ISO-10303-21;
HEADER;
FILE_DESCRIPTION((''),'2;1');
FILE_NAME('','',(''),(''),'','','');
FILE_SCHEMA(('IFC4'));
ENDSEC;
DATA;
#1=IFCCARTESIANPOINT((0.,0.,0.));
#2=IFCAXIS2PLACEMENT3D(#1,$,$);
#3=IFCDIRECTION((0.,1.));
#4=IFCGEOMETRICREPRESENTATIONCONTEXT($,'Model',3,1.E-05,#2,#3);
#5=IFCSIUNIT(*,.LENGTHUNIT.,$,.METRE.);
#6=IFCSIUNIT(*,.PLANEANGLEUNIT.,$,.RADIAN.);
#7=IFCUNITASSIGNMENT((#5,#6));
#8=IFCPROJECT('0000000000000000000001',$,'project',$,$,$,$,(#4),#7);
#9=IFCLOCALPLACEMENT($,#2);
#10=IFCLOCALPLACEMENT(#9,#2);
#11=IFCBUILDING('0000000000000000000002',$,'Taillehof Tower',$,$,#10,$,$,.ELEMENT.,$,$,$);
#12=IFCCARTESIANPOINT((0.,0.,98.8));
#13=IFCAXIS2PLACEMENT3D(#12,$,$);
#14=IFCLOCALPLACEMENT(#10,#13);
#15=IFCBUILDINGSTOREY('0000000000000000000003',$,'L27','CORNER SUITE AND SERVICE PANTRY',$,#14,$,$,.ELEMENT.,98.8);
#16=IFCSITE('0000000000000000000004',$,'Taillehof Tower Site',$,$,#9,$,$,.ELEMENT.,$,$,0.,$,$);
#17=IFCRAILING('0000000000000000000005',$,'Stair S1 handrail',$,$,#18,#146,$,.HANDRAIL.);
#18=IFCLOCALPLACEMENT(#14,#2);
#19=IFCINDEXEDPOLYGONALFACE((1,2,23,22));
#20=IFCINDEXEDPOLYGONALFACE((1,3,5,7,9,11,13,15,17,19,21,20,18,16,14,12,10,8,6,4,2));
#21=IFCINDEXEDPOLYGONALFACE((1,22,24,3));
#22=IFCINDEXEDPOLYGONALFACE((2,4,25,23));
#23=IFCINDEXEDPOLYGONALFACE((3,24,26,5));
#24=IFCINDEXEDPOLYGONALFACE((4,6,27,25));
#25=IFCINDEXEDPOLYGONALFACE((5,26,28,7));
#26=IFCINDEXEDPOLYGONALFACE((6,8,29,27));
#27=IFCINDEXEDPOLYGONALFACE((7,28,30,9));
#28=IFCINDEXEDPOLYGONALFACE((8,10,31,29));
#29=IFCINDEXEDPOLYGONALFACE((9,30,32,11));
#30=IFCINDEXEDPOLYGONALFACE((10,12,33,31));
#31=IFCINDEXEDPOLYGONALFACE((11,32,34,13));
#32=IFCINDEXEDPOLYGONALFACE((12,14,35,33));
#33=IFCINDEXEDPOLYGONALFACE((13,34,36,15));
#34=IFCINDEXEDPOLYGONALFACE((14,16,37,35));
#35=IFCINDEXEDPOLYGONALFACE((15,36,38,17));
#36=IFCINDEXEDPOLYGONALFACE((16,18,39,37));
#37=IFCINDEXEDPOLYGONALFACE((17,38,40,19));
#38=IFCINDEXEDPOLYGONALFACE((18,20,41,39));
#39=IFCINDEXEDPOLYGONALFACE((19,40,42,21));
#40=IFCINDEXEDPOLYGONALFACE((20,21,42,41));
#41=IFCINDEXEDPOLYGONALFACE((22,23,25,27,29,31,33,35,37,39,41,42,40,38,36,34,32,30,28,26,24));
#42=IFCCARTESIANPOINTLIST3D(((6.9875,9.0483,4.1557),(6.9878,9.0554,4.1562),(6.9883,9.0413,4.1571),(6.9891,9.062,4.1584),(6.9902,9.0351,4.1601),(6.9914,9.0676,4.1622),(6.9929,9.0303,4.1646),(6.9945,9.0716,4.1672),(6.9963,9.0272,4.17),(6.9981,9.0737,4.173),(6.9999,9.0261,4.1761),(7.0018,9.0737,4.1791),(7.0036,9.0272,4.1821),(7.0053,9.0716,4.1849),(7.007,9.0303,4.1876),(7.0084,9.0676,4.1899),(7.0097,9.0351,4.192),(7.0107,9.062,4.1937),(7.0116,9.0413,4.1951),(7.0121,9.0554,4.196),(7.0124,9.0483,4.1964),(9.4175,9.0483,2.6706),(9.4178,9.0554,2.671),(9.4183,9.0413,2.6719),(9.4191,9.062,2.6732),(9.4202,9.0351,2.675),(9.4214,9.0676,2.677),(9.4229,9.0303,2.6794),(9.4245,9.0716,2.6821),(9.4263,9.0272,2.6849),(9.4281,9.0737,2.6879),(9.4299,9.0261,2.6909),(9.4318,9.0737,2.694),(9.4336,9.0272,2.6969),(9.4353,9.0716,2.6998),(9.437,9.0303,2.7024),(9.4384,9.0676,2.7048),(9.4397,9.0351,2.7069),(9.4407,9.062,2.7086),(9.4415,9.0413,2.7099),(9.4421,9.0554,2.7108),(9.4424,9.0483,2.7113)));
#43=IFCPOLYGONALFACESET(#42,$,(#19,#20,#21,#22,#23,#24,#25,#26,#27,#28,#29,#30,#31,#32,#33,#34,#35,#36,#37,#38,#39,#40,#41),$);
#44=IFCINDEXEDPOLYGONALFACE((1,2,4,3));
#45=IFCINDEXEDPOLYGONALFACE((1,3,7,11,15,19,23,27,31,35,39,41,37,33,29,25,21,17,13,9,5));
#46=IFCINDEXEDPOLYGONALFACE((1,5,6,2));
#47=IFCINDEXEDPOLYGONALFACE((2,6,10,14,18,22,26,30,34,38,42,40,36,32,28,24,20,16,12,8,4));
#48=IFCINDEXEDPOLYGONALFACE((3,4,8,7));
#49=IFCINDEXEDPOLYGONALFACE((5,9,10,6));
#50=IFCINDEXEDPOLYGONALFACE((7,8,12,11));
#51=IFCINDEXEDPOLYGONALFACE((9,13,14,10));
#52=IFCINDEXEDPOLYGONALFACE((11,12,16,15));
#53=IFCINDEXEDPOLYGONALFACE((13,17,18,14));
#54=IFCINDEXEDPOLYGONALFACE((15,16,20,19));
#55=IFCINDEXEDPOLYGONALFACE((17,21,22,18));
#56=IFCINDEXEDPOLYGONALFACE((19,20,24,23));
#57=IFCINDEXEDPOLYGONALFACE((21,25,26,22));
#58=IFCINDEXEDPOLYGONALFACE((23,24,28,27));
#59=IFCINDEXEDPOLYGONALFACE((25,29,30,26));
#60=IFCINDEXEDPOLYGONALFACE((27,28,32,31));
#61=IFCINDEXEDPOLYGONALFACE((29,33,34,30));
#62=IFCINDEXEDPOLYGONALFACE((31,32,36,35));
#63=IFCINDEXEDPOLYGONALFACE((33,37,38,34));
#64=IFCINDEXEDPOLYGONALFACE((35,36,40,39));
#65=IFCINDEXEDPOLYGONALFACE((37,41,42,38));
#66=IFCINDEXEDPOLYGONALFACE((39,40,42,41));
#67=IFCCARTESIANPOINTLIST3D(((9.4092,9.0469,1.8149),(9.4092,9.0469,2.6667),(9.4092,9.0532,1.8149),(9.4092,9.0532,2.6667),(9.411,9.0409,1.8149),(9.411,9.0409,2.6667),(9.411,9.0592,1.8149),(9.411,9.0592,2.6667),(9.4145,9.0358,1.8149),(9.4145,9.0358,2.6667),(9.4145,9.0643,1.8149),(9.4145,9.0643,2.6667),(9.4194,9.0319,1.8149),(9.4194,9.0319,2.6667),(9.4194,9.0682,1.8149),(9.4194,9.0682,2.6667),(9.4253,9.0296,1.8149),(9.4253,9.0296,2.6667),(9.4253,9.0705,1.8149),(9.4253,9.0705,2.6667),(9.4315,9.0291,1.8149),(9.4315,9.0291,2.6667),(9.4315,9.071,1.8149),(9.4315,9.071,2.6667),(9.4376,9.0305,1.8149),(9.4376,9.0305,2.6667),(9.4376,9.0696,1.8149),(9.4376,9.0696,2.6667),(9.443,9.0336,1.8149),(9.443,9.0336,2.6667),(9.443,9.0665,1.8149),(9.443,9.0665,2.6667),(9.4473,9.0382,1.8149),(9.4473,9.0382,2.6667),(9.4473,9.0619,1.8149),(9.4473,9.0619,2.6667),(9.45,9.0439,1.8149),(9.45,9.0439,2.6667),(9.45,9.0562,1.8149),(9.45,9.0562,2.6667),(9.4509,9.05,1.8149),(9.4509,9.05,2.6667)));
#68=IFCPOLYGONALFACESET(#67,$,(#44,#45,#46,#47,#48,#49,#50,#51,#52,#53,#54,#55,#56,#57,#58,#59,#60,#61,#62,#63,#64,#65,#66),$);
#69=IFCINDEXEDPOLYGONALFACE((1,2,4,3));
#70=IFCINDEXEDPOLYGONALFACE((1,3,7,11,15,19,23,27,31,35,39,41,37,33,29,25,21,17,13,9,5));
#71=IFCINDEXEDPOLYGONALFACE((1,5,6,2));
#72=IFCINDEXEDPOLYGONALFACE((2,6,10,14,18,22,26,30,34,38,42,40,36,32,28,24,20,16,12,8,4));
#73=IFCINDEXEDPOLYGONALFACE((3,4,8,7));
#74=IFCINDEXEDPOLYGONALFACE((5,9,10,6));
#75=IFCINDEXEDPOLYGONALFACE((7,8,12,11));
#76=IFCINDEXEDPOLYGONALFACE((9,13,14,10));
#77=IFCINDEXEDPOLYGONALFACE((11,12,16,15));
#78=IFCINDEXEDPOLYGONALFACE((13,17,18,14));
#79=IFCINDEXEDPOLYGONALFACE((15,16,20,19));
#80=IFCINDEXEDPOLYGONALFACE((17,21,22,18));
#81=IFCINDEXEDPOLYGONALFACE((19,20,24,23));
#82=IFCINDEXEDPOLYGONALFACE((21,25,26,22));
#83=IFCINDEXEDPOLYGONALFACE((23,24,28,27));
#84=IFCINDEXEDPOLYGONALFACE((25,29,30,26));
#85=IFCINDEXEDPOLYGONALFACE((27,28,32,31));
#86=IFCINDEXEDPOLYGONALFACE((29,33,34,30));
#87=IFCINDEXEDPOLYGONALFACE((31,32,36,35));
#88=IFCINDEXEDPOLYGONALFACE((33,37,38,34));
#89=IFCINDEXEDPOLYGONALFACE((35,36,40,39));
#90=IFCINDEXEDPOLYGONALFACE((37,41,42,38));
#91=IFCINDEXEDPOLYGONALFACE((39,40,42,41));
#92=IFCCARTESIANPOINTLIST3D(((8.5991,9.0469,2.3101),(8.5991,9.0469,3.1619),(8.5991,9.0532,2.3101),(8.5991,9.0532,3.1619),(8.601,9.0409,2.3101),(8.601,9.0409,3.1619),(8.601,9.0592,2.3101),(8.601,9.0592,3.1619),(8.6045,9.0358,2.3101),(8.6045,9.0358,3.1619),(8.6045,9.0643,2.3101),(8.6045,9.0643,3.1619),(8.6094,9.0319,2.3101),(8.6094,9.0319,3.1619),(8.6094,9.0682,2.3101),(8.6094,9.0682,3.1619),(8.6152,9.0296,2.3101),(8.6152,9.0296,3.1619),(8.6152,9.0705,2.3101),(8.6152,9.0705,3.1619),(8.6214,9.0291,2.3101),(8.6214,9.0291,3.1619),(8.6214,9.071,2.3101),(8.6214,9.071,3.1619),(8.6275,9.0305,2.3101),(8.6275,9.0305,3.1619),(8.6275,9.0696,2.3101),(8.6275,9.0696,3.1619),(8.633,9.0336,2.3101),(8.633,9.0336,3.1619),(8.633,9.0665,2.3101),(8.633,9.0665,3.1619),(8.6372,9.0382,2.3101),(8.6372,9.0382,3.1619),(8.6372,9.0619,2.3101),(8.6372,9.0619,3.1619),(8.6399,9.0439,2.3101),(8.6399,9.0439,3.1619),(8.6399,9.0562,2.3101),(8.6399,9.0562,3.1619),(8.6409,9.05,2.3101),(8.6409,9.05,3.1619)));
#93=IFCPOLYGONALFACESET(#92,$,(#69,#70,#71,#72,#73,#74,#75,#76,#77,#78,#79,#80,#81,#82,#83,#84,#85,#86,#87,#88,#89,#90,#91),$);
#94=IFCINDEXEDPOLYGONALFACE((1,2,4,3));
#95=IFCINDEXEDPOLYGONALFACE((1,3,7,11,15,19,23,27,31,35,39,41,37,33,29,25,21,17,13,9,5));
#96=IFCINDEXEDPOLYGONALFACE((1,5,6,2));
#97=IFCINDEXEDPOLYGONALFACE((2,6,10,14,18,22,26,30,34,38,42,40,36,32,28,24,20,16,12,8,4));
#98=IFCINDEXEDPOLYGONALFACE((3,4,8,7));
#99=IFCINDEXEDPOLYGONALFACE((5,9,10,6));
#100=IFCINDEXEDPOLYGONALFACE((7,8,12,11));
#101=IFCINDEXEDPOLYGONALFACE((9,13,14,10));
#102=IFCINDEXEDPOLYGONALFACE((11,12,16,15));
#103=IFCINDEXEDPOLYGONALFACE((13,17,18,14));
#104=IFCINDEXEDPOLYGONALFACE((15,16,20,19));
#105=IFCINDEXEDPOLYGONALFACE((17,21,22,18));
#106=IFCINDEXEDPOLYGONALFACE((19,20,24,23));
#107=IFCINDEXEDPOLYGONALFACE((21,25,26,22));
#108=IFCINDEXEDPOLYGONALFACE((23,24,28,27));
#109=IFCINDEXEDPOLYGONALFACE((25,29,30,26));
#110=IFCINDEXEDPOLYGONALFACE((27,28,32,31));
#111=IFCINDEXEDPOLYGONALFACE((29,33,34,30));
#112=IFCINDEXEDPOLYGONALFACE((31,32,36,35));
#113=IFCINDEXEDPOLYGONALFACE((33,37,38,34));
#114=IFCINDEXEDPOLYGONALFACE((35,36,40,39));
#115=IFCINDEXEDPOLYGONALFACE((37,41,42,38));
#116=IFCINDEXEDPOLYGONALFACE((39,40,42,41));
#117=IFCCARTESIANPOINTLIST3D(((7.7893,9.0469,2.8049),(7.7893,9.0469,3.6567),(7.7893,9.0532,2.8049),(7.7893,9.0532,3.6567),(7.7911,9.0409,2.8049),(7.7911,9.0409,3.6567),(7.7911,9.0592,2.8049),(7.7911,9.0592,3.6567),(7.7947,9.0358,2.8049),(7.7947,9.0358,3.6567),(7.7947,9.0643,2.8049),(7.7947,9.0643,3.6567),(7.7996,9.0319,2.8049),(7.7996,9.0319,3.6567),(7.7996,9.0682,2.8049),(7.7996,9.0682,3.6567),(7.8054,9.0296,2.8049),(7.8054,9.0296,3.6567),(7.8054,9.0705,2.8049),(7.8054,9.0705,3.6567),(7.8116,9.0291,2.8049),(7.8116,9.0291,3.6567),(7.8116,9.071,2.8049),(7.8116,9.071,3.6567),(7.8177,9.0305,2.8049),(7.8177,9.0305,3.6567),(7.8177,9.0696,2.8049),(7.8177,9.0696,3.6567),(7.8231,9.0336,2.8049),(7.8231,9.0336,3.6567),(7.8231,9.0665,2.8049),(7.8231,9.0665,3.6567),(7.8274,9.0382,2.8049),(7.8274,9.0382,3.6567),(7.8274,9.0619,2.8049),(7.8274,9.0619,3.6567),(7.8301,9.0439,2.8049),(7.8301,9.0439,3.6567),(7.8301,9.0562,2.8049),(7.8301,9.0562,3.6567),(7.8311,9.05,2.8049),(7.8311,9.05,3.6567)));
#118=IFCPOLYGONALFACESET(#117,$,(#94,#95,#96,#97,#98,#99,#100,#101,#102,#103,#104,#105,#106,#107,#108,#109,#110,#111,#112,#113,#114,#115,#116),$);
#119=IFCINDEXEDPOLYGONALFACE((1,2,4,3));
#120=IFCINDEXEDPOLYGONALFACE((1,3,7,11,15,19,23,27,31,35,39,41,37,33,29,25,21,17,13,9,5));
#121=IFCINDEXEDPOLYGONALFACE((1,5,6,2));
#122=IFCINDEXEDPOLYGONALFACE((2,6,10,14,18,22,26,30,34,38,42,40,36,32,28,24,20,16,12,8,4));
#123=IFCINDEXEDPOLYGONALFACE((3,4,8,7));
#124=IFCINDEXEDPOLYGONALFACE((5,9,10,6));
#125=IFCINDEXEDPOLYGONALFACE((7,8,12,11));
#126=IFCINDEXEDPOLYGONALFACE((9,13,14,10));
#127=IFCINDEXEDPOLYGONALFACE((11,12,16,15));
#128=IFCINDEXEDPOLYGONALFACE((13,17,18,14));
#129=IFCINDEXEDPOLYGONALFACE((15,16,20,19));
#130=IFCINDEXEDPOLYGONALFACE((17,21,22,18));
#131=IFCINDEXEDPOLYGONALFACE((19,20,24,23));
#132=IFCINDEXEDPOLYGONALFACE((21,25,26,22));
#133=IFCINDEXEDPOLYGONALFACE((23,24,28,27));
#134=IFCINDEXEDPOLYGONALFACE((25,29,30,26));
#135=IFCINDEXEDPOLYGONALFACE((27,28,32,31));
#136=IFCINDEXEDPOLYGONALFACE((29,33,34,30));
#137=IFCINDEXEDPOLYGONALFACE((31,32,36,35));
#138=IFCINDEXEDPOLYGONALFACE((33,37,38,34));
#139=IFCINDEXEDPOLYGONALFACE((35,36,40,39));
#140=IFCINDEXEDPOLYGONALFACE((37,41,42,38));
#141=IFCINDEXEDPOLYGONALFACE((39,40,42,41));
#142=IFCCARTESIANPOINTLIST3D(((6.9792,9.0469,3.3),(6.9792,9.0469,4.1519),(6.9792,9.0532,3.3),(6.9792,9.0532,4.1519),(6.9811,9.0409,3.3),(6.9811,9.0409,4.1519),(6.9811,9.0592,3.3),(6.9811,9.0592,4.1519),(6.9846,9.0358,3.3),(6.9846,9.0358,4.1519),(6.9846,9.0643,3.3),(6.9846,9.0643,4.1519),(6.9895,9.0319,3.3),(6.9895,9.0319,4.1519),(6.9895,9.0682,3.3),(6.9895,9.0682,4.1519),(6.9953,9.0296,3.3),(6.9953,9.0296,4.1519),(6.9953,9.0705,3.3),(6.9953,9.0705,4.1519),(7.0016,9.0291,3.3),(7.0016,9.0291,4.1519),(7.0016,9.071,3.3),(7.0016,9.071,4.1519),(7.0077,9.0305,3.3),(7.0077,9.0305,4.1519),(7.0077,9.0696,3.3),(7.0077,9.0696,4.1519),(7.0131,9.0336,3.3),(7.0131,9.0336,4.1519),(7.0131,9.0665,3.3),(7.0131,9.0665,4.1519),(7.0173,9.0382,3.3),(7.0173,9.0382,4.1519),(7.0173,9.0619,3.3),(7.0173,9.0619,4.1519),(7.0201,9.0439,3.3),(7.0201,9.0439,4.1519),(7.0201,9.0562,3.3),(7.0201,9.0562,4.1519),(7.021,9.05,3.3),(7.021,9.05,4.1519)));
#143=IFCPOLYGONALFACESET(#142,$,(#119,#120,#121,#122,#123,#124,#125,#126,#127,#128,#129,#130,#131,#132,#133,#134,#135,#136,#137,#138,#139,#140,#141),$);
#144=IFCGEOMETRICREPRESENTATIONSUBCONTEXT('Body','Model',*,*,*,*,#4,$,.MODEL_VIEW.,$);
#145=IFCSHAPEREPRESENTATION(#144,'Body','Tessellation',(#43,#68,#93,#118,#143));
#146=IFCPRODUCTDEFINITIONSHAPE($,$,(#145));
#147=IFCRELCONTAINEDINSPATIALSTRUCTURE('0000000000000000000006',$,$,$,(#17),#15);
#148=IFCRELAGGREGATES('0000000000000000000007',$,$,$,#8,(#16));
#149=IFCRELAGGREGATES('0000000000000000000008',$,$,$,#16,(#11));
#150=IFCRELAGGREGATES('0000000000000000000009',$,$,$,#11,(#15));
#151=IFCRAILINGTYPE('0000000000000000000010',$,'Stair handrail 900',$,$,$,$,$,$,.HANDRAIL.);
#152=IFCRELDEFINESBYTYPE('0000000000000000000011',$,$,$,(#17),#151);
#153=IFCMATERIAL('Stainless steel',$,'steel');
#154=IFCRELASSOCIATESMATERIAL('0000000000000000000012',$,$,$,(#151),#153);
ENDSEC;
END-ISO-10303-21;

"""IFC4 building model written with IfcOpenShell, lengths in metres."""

from ifc_helpers import new_model, si_unit, direction, frame, origin, origin_2d, place, context, subcontext, project, spatial, circle, extrude, material, type_object, element, save


model = new_model("IFC4")

# Units and contexts
model_context = context("Model", 3, precision=1e-05, world=origin(), true_north=direction((0.0, 1.0)))
body_context = subcontext(model_context, "Body", "Model", "MODEL_VIEW")
ifc_project = project(units=[si_unit("LENGTHUNIT", "METRE"), si_unit("PLANEANGLEUNIT", "RADIAN")], contexts=[model_context])

# Site, building, storey
site_placement = place(None, origin())
site = spatial("IfcSite", under=ifc_project, at=site_placement, Name="Taillehof Tower Site", CompositionType="ELEMENT", RefElevation=0.0)
building_placement = place(site_placement, origin())
building = spatial("IfcBuilding", under=site, at=building_placement, Name="Taillehof Tower", CompositionType="ELEMENT")
storey_placement = place(building_placement, frame((0.0, 0.0, 98.8)))
storey = spatial("IfcBuildingStorey", under=building, at=storey_placement, Name="L27", Description="CORNER SUITE AND SERVICE PANTRY", CompositionType="ELEMENT", Elevation=98.8)

# Railing
ifc_material_1 = material(Name="Stainless steel", Category="steel")
railing_type = type_object("IfcRailingType", Name="Stair handrail 900", PredefinedType="HANDRAIL", material=ifc_material_1)
railing_placement = place(storey_placement, frame((9.4299, 9.05, 1.8149)))
element("IfcRailing", 1, at=railing_placement, inside=storey, type_object=railing_type, Name="Stair S1 handrail", PredefinedType="HANDRAIL", context=body_context, shape_type="SweptSolid", body=[
    extrude(circle(Radius=0.0239, at=origin_2d()), frame((0.0, 0.0, 0.876), z_axis=(-0.853259, 0.0, 0.521488), x_axis=(0.0, -1.0, 0.0)), (0.0, 0.0, 1.0), 2.8479),
    extrude(circle(Radius=0.021, at=origin_2d()), origin(), (0.0, 0.0, 1.0), 0.8518),
    extrude(circle(Radius=0.021, at=origin_2d()), frame((-0.8101, 0.0, 0.4951)), (0.0, 0.0, 1.0), 0.8518),
    extrude(circle(Radius=0.021, at=origin_2d()), frame((-1.6199, 0.0, 0.99)), (0.0, 0.0, 1.0), 0.8518),
    extrude(circle(Radius=0.021, at=origin_2d()), frame((-2.4299, 0.0, 1.4851)), (0.0, 0.0, 1.0), 0.8518),
])

save(model, "model.ifc")
